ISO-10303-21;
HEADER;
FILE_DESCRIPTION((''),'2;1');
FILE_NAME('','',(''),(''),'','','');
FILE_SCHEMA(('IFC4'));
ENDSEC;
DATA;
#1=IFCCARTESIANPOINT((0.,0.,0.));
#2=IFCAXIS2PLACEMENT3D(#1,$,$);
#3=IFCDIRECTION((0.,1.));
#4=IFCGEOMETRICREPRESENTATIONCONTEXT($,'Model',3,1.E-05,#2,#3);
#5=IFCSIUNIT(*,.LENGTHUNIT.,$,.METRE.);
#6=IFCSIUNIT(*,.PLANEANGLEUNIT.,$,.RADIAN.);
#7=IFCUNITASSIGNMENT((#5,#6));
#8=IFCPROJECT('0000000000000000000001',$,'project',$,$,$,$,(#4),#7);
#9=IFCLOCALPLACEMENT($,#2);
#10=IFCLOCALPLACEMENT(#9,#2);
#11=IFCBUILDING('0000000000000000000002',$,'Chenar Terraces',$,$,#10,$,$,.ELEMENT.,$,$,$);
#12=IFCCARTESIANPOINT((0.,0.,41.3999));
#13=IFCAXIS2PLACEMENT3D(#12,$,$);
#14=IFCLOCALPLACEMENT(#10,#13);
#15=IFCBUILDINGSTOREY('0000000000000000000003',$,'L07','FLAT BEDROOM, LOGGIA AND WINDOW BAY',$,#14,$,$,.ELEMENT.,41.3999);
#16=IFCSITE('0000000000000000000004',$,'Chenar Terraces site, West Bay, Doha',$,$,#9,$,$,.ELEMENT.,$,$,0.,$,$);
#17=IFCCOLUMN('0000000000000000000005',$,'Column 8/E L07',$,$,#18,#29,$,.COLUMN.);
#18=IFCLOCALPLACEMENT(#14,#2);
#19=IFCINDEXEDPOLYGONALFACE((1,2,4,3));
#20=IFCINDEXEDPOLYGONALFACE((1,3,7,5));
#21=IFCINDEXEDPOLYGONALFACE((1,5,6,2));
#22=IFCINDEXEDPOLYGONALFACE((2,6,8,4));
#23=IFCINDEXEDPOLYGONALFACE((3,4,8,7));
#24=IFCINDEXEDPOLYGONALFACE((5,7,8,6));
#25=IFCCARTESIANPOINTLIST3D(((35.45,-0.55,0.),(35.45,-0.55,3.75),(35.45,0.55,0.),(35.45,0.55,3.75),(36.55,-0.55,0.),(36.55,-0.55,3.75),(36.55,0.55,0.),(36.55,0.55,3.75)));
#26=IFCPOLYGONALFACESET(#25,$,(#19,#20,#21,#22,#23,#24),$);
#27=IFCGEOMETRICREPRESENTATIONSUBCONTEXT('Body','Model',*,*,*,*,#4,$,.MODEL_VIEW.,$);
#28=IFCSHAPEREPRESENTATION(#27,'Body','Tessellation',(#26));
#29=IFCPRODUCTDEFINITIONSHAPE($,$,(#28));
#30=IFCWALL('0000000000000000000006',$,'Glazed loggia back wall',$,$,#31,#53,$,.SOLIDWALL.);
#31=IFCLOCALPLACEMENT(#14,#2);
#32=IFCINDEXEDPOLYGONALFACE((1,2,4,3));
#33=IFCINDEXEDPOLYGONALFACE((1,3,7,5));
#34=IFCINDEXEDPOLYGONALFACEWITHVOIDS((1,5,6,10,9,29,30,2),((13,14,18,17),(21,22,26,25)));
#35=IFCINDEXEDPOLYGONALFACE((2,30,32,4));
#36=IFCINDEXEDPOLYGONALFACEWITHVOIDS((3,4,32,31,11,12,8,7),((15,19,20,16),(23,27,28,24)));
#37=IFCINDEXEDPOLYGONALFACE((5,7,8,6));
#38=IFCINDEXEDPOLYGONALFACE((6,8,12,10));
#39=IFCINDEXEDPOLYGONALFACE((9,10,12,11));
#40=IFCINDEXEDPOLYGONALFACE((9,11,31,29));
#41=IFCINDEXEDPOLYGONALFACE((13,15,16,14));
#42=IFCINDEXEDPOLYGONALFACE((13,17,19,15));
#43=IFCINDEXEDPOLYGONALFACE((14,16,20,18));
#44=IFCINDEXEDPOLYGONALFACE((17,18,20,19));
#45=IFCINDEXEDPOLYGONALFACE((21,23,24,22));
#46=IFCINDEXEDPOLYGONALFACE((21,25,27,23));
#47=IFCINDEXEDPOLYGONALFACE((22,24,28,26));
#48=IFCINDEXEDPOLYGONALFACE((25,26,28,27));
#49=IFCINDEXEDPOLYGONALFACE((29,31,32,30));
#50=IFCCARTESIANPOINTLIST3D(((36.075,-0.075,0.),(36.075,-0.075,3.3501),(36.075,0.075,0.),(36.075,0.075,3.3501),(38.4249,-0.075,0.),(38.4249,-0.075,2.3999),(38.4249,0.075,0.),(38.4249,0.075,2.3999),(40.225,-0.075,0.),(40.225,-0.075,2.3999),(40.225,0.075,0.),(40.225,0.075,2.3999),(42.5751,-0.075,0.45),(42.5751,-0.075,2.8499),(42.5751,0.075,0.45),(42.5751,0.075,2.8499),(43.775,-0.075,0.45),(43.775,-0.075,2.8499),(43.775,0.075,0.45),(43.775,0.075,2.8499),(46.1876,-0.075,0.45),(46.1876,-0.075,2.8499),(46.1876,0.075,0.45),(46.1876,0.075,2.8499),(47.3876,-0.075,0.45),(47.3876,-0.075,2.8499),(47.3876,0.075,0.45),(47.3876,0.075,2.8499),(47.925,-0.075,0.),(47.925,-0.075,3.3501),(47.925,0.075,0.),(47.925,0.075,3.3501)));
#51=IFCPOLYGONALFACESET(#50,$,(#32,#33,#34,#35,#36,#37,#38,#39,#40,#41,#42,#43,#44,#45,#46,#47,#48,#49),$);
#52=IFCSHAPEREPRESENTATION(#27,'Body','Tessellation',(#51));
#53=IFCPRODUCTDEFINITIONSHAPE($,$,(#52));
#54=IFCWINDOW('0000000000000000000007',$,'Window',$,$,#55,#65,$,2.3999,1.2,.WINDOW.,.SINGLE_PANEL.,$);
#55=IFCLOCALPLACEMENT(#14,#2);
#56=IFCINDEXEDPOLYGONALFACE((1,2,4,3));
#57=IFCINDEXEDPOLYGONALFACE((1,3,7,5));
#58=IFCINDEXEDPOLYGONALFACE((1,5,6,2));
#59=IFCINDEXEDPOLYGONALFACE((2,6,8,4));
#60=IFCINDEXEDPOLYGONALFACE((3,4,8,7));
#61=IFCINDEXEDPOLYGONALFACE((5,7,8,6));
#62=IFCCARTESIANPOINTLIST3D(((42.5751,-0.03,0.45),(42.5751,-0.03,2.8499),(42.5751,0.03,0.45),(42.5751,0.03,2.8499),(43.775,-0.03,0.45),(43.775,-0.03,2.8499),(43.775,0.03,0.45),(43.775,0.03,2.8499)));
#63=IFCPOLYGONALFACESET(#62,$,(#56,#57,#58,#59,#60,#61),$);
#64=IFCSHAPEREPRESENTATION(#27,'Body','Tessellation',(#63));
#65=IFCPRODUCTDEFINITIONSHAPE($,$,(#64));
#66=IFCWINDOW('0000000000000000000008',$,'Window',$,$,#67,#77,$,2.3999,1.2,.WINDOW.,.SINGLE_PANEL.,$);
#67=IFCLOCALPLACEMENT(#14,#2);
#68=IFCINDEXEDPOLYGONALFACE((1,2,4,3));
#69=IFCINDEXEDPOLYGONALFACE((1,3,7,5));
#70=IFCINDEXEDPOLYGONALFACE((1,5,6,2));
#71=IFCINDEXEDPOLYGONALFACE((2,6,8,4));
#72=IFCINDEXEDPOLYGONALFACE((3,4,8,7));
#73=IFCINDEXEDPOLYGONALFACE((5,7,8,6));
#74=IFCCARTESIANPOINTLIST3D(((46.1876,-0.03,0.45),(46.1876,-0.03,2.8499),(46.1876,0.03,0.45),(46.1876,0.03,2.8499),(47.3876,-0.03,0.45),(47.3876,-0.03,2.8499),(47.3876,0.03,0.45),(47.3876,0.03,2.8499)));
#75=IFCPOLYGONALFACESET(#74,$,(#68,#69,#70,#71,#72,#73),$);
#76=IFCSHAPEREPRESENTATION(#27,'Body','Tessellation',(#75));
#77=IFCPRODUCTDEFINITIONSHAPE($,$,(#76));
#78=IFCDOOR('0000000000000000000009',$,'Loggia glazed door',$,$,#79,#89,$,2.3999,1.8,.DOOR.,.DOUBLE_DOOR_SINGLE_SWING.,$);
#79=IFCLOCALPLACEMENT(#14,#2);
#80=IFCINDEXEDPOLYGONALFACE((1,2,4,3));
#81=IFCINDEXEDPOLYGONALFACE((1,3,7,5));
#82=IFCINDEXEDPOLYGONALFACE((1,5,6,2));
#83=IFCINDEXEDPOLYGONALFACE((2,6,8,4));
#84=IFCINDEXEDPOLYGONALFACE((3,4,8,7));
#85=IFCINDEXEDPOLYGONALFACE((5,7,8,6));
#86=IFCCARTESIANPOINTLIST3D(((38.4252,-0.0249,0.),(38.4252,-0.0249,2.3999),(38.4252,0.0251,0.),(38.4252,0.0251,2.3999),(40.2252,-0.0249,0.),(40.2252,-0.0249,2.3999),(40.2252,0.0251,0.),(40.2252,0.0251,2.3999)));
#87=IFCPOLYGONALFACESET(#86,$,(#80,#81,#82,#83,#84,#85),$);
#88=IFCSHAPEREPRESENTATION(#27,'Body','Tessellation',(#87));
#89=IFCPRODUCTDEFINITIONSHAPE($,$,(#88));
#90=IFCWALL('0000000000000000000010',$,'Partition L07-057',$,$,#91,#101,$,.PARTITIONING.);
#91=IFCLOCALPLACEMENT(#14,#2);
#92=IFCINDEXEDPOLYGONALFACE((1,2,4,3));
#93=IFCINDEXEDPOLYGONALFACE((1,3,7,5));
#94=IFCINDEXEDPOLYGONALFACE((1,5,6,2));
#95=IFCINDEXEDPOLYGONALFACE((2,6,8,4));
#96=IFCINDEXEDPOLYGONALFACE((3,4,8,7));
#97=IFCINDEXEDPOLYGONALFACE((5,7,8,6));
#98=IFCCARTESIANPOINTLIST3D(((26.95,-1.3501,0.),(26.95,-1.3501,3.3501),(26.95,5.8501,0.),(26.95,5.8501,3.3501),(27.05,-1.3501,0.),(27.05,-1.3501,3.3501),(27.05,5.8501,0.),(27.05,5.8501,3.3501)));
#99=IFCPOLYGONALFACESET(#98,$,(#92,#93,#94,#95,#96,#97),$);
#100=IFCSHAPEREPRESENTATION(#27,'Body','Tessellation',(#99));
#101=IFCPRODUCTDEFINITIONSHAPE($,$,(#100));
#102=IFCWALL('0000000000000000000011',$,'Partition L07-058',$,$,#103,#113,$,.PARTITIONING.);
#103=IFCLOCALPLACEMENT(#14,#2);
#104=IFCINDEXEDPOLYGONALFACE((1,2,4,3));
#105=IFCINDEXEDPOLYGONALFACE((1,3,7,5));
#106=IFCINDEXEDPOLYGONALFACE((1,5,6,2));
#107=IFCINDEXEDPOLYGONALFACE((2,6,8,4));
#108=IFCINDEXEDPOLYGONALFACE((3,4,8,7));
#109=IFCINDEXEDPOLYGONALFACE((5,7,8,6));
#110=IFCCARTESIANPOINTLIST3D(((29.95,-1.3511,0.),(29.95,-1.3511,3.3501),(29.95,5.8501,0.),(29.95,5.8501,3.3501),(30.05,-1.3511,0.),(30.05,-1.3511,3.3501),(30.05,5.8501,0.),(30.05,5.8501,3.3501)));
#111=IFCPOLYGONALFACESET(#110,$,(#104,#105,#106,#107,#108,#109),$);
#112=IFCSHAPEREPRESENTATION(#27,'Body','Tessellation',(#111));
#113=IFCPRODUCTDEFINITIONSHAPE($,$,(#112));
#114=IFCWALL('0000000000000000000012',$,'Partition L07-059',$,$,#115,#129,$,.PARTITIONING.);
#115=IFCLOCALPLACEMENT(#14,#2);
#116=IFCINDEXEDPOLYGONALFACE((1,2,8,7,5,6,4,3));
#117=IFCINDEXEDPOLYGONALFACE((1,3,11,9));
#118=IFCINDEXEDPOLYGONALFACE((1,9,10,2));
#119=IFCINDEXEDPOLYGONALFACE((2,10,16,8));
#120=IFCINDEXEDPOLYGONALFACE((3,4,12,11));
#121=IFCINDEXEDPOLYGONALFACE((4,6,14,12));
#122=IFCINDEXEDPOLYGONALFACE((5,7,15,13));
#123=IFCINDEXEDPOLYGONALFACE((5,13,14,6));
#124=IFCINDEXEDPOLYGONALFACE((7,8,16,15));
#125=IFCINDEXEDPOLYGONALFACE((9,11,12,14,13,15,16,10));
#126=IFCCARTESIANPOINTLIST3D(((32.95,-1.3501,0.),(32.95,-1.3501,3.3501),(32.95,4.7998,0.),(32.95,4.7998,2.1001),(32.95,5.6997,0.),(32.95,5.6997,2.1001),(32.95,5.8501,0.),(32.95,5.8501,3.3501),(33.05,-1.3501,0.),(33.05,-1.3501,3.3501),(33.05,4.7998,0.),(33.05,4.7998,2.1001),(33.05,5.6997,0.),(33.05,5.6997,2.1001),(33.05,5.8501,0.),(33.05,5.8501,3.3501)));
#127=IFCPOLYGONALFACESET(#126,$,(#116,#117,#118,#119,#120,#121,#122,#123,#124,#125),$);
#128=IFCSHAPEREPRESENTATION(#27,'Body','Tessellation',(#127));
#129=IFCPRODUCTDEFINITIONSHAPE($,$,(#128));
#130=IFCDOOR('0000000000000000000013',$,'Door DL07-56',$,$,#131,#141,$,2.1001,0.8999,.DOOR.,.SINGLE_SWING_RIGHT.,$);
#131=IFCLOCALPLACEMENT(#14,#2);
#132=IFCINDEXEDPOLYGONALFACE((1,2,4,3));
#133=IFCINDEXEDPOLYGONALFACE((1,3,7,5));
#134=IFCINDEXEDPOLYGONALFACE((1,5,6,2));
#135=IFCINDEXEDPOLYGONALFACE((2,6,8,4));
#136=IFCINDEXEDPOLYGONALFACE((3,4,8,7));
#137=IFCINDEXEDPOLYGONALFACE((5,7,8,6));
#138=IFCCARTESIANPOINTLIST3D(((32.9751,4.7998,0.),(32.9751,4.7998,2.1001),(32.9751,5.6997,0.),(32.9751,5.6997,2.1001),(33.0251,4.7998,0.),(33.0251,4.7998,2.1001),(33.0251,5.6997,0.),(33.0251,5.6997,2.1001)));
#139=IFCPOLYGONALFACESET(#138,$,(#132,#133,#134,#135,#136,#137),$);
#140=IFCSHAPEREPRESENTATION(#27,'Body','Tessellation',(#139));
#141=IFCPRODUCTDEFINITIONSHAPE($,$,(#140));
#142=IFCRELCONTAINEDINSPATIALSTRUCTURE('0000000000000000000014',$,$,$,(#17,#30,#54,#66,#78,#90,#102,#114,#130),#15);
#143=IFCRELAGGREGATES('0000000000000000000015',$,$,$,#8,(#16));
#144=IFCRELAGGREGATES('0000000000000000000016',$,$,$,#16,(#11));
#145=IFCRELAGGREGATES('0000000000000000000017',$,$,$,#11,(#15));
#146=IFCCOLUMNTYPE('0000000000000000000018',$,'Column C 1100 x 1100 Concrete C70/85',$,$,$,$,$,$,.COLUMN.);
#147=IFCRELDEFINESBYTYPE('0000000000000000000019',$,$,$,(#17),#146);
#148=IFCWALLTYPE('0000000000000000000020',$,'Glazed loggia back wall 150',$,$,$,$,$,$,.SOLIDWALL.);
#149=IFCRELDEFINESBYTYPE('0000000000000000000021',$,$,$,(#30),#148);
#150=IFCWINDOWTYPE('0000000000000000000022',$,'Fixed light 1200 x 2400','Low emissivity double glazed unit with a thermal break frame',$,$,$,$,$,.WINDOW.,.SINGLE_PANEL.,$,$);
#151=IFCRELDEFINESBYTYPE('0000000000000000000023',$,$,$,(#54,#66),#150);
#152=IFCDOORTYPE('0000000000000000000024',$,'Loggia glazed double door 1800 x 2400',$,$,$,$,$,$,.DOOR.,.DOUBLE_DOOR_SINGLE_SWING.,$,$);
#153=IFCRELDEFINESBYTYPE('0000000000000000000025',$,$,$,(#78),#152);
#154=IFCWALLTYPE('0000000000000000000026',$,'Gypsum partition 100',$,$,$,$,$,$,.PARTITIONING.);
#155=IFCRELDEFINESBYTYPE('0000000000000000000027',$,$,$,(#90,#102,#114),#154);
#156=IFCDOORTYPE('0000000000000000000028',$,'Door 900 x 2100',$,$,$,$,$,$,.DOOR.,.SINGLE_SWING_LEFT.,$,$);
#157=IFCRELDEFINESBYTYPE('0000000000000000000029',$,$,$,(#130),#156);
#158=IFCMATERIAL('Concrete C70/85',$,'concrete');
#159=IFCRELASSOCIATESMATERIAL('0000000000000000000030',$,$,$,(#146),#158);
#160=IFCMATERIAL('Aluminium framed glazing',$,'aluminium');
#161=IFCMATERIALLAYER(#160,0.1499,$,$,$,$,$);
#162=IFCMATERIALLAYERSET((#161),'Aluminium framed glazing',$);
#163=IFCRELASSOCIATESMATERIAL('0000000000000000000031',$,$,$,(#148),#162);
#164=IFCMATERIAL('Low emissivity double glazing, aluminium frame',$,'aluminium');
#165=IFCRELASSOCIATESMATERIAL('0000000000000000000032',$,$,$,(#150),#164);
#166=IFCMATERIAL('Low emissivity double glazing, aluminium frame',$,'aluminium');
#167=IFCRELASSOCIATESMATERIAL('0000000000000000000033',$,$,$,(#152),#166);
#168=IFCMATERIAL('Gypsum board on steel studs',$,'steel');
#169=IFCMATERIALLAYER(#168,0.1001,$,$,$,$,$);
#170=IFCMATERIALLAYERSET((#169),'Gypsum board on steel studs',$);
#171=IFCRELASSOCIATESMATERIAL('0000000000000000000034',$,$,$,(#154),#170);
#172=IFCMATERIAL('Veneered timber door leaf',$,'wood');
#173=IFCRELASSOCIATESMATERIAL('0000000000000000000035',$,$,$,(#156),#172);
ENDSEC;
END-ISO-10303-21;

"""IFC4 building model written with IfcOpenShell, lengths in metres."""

from ifc_helpers import new_model, si_unit, direction, frame, frame_2d, origin, origin_2d, place, context, subcontext, project, spatial, rectangle, extrude, material, layer, layer_set, material_profile, profile_set, type_object, element, fill, save


model = new_model("IFC4")

# Units and contexts
model_context = context("Model", 3, precision=1e-05, world=origin(), true_north=direction((0.0, 1.0)))
body_context = subcontext(model_context, "Body", "Model", "MODEL_VIEW")
ifc_project = project(units=[si_unit("LENGTHUNIT", "METRE"), si_unit("PLANEANGLEUNIT", "RADIAN")], contexts=[model_context])

# Site, building, storey
site_placement = place(None, origin())
site = spatial("IfcSite", under=ifc_project, at=site_placement, Name="Chenar Terraces site, West Bay, Doha", CompositionType="ELEMENT", RefElevation=0.0)
building_placement = place(site_placement, origin())
building = spatial("IfcBuilding", under=site, at=building_placement, Name="Chenar Terraces", CompositionType="ELEMENT")
storey_placement = place(building_placement, frame((0.0, 0.0, 41.3999)))
storey = spatial("IfcBuildingStorey", under=building, at=storey_placement, Name="L07", Description="FLAT BEDROOM, LOGGIA AND WINDOW BAY", CompositionType="ELEMENT", Elevation=41.3999)

# Column
ifc_material_1 = material(Name="Concrete C70/85", Category="concrete")
ifc_material_profile_1 = material_profile(ifc_material_1, rectangle(XDim=1.1001, YDim=1.1001, at=origin_2d()), Name="C 1100 x 1100")
ifc_profile_set_1 = profile_set([ifc_material_profile_1], Name="Concrete C70/85")
column_type = type_object("IfcColumnType", Name="Column C 1100 x 1100 Concrete C70/85", PredefinedType="COLUMN", material=ifc_profile_set_1)
column_placement = place(storey_placement, frame((36.0, 0.0, 0.0), z_axis=(0.0, 0.0, 1.0), x_axis=(1.0, 0.0, 0.0)))
element("IfcColumn", 1, at=column_placement, inside=storey, type_object=column_type, Name="Column 8/E L07", PredefinedType="COLUMN", context=body_context, shape_type="SweptSolid", body=[
    extrude(rectangle(XDim=1.1001, YDim=1.1001, at=origin_2d()), origin(), (0.0, 0.0, 1.0), 3.75),
])

# Wall, openings, windows, door
ifc_material_2 = material(Name="Aluminium framed glazing", Category="aluminium")
ifc_layer_1 = layer(ifc_material_2, 0.1499)
ifc_layer_set_1 = layer_set([ifc_layer_1], Name="Aluminium framed glazing")
wall_type_1 = type_object("IfcWallType", Name="Glazed loggia back wall 150", PredefinedType="SOLIDWALL", material=ifc_layer_set_1)
wall_1_placement = place(storey_placement, frame((36.075, 0.0, 0.0), z_axis=(0.0, 0.0, 1.0), x_axis=(1.0, 0.0, 0.0)))
wall_1 = element("IfcWall", 2, at=wall_1_placement, inside=storey, type_object=wall_type_1, Name="Glazed loggia back wall", PredefinedType="SOLIDWALL", context=body_context, shape_type="SweptSolid", body=[
    extrude(rectangle(XDim=11.8501, YDim=0.1499, at=frame_2d((5.925, 0.0))), origin(), (0.0, 0.0, 1.0), 3.3501),
])
opening_1_placement = place(wall_1_placement, frame((2.3501, 0.0, 0.0)))
opening_1 = element("IfcOpeningElement", 3, at=opening_1_placement, cuts=wall_1, PredefinedType="OPENING", context=body_context, shape_type="SweptSolid", body=[
    extrude(rectangle(XDim=1.8, YDim=2.3999, at=frame_2d((0.8999, 1.2))), frame((0.0, 0.085, 0.0), z_axis=(0.0, -1.0, 0.0), x_axis=(1.0, 0.0, 0.0)), (0.0, 0.0, 1.0), 0.1699),
])
opening_2_placement = place(wall_1_placement, frame((6.5, 0.0, 0.45)))
opening_2 = element("IfcOpeningElement", 4, at=opening_2_placement, cuts=wall_1, PredefinedType="OPENING", context=body_context, shape_type="SweptSolid", body=[
    extrude(rectangle(XDim=1.2, YDim=2.3999, at=frame_2d((0.6001, 1.2))), frame((0.0, 0.085, 0.0), z_axis=(0.0, -1.0, 0.0), x_axis=(1.0, 0.0, 0.0)), (0.0, 0.0, 1.0), 0.1699),
])
opening_3_placement = place(wall_1_placement, frame((10.1125, 0.0, 0.45)))
opening_3 = element("IfcOpeningElement", 5, at=opening_3_placement, cuts=wall_1, PredefinedType="OPENING", context=body_context, shape_type="SweptSolid", body=[
    extrude(rectangle(XDim=1.2, YDim=2.3999, at=frame_2d((0.6001, 1.2))), frame((0.0, 0.085, 0.0), z_axis=(0.0, -1.0, 0.0), x_axis=(1.0, 0.0, 0.0)), (0.0, 0.0, 1.0), 0.1699),
])
ifc_material_3 = material(Name="Low emissivity double glazing, aluminium frame", Category="aluminium")
window_type = type_object("IfcWindowType", Name="Fixed light 1200 x 2400", Description="Low emissivity double glazed unit with a thermal break frame", PartitioningType="SINGLE_PANEL", PredefinedType="WINDOW", material=ifc_material_3)
window_1_placement = place(opening_2_placement, origin())
window_1 = element("IfcWindow", 6, at=window_1_placement, inside=storey, type_object=window_type, Name="Window", OverallHeight=2.3999, OverallWidth=1.2, PartitioningType="SINGLE_PANEL", PredefinedType="WINDOW", context=body_context, shape_type="SweptSolid", body=[
    extrude(rectangle(XDim=1.2, YDim=2.3999, at=frame_2d((0.6001, 1.2))), frame((0.0, 0.03, 0.0), z_axis=(0.0, -1.0, 0.0), x_axis=(1.0, 0.0, 0.0)), (0.0, 0.0, 1.0), 0.0601),
])
fill(opening_2, window_1)
window_2_placement = place(opening_3_placement, origin())
window_2 = element("IfcWindow", 7, at=window_2_placement, inside=storey, type_object=window_type, Name="Window", OverallHeight=2.3999, OverallWidth=1.2, PartitioningType="SINGLE_PANEL", PredefinedType="WINDOW", context=body_context, shape_type="SweptSolid", body=[
    extrude(rectangle(XDim=1.2, YDim=2.3999, at=frame_2d((0.6001, 1.2))), frame((0.0, 0.03, 0.0), z_axis=(0.0, -1.0, 0.0), x_axis=(1.0, 0.0, 0.0)), (0.0, 0.0, 1.0), 0.0601),
])
fill(opening_3, window_2)
ifc_material_4 = material(Name="Low emissivity double glazing, aluminium frame", Category="aluminium")
door_type_1 = type_object("IfcDoorType", Name="Loggia glazed double door 1800 x 2400", OperationType="DOUBLE_DOOR_SINGLE_SWING", PredefinedType="DOOR", material=ifc_material_4)
door_1_placement = place(opening_1_placement, frame((1.8, 0.0, 0.0), z_axis=(0.0, 0.0, 1.0), x_axis=(-1.0, 0.0, 0.0)))
door_1 = element("IfcDoor", 8, at=door_1_placement, inside=storey, type_object=door_type_1, Name="Loggia glazed door", OperationType="DOUBLE_DOOR_SINGLE_SWING", OverallHeight=2.3999, OverallWidth=1.8, PredefinedType="DOOR", context=body_context, shape_type="SweptSolid", body=[
    extrude(rectangle(XDim=1.8, YDim=2.3999, at=frame_2d((0.8999, 1.2))), frame((0.0, 0.0249, 0.0), z_axis=(0.0, -1.0, 0.0), x_axis=(1.0, 0.0, 0.0)), (0.0, 0.0, 1.0), 0.05),
])
fill(opening_1, door_1)

# Walls
ifc_material_5 = material(Name="Gypsum board on steel studs", Category="steel")
ifc_layer_2 = layer(ifc_material_5, 0.1001)
ifc_layer_set_2 = layer_set([ifc_layer_2], Name="Gypsum board on steel studs")
wall_type_2 = type_object("IfcWallType", Name="Gypsum partition 100", PredefinedType="PARTITIONING", material=ifc_layer_set_2)
wall_2_placement = place(storey_placement, frame((27.0, -1.3501, 0.0), z_axis=(0.0, 0.0, 1.0), x_axis=(0.0, 1.0, 0.0)))
element("IfcWall", 9, at=wall_2_placement, inside=storey, type_object=wall_type_2, Name="Partition L07-057", PredefinedType="PARTITIONING", context=body_context, shape_type="SweptSolid", body=[
    extrude(rectangle(XDim=7.2002, YDim=0.1001, at=frame_2d((3.6001, 0.0))), origin(), (0.0, 0.0, 1.0), 3.3501),
])
wall_3_placement = place(storey_placement, frame((30.0, -1.3511, 0.0), z_axis=(0.0, 0.0, 1.0), x_axis=(0.0, 1.0, 0.0)))
element("IfcWall", 10, at=wall_3_placement, inside=storey, type_object=wall_type_2, Name="Partition L07-058", PredefinedType="PARTITIONING", context=body_context, shape_type="SweptSolid", body=[
    extrude(rectangle(XDim=7.2012, YDim=0.1001, at=frame_2d((3.6006, 0.0))), origin(), (0.0, 0.0, 1.0), 3.3501),
])

# Wall, opening, door
wall_4_placement = place(storey_placement, frame((33.0, -1.3501, 0.0), z_axis=(0.0, 0.0, 1.0), x_axis=(0.0, 1.0, 0.0)))
wall_4 = element("IfcWall", 11, at=wall_4_placement, inside=storey, type_object=wall_type_2, Name="Partition L07-059", PredefinedType="PARTITIONING", context=body_context, shape_type="SweptSolid", body=[
    extrude(rectangle(XDim=7.2002, YDim=0.1001, at=frame_2d((3.6001, 0.0))), origin(), (0.0, 0.0, 1.0), 3.3501),
])
opening_4_placement = place(wall_4_placement, frame((6.1499, 0.0, 0.0)))
opening_4 = element("IfcOpeningElement", 12, at=opening_4_placement, cuts=wall_4, PredefinedType="OPENING", context=body_context, shape_type="SweptSolid", body=[
    extrude(rectangle(XDim=0.8999, YDim=2.1001, at=frame_2d((0.45, 1.05))), frame((0.0, 0.0601, 0.0), z_axis=(0.0, -1.0, 0.0), x_axis=(1.0, 0.0, 0.0)), (0.0, 0.0, 1.0), 0.1201),
])
ifc_material_6 = material(Name="Veneered timber door leaf", Category="wood")
door_type_2 = type_object("IfcDoorType", Name="Door 900 x 2100", OperationType="SINGLE_SWING_LEFT", PredefinedType="DOOR", material=ifc_material_6)
door_2_placement = place(opening_4_placement, origin())
door_2 = element("IfcDoor", 13, at=door_2_placement, inside=storey, type_object=door_type_2, Name="Door DL07-56", OperationType="SINGLE_SWING_RIGHT", OverallHeight=2.1001, OverallWidth=0.8999, PredefinedType="DOOR", context=body_context, shape_type="SweptSolid", body=[
    extrude(rectangle(XDim=0.8999, YDim=2.1001, at=frame_2d((0.45, 1.05))), frame((0.0, 0.0249, 0.0), z_axis=(0.0, -1.0, 0.0), x_axis=(1.0, 0.0, 0.0)), (0.0, 0.0, 1.0), 0.05),
])
fill(opening_4, door_2)

save(model, "model.ifc")
